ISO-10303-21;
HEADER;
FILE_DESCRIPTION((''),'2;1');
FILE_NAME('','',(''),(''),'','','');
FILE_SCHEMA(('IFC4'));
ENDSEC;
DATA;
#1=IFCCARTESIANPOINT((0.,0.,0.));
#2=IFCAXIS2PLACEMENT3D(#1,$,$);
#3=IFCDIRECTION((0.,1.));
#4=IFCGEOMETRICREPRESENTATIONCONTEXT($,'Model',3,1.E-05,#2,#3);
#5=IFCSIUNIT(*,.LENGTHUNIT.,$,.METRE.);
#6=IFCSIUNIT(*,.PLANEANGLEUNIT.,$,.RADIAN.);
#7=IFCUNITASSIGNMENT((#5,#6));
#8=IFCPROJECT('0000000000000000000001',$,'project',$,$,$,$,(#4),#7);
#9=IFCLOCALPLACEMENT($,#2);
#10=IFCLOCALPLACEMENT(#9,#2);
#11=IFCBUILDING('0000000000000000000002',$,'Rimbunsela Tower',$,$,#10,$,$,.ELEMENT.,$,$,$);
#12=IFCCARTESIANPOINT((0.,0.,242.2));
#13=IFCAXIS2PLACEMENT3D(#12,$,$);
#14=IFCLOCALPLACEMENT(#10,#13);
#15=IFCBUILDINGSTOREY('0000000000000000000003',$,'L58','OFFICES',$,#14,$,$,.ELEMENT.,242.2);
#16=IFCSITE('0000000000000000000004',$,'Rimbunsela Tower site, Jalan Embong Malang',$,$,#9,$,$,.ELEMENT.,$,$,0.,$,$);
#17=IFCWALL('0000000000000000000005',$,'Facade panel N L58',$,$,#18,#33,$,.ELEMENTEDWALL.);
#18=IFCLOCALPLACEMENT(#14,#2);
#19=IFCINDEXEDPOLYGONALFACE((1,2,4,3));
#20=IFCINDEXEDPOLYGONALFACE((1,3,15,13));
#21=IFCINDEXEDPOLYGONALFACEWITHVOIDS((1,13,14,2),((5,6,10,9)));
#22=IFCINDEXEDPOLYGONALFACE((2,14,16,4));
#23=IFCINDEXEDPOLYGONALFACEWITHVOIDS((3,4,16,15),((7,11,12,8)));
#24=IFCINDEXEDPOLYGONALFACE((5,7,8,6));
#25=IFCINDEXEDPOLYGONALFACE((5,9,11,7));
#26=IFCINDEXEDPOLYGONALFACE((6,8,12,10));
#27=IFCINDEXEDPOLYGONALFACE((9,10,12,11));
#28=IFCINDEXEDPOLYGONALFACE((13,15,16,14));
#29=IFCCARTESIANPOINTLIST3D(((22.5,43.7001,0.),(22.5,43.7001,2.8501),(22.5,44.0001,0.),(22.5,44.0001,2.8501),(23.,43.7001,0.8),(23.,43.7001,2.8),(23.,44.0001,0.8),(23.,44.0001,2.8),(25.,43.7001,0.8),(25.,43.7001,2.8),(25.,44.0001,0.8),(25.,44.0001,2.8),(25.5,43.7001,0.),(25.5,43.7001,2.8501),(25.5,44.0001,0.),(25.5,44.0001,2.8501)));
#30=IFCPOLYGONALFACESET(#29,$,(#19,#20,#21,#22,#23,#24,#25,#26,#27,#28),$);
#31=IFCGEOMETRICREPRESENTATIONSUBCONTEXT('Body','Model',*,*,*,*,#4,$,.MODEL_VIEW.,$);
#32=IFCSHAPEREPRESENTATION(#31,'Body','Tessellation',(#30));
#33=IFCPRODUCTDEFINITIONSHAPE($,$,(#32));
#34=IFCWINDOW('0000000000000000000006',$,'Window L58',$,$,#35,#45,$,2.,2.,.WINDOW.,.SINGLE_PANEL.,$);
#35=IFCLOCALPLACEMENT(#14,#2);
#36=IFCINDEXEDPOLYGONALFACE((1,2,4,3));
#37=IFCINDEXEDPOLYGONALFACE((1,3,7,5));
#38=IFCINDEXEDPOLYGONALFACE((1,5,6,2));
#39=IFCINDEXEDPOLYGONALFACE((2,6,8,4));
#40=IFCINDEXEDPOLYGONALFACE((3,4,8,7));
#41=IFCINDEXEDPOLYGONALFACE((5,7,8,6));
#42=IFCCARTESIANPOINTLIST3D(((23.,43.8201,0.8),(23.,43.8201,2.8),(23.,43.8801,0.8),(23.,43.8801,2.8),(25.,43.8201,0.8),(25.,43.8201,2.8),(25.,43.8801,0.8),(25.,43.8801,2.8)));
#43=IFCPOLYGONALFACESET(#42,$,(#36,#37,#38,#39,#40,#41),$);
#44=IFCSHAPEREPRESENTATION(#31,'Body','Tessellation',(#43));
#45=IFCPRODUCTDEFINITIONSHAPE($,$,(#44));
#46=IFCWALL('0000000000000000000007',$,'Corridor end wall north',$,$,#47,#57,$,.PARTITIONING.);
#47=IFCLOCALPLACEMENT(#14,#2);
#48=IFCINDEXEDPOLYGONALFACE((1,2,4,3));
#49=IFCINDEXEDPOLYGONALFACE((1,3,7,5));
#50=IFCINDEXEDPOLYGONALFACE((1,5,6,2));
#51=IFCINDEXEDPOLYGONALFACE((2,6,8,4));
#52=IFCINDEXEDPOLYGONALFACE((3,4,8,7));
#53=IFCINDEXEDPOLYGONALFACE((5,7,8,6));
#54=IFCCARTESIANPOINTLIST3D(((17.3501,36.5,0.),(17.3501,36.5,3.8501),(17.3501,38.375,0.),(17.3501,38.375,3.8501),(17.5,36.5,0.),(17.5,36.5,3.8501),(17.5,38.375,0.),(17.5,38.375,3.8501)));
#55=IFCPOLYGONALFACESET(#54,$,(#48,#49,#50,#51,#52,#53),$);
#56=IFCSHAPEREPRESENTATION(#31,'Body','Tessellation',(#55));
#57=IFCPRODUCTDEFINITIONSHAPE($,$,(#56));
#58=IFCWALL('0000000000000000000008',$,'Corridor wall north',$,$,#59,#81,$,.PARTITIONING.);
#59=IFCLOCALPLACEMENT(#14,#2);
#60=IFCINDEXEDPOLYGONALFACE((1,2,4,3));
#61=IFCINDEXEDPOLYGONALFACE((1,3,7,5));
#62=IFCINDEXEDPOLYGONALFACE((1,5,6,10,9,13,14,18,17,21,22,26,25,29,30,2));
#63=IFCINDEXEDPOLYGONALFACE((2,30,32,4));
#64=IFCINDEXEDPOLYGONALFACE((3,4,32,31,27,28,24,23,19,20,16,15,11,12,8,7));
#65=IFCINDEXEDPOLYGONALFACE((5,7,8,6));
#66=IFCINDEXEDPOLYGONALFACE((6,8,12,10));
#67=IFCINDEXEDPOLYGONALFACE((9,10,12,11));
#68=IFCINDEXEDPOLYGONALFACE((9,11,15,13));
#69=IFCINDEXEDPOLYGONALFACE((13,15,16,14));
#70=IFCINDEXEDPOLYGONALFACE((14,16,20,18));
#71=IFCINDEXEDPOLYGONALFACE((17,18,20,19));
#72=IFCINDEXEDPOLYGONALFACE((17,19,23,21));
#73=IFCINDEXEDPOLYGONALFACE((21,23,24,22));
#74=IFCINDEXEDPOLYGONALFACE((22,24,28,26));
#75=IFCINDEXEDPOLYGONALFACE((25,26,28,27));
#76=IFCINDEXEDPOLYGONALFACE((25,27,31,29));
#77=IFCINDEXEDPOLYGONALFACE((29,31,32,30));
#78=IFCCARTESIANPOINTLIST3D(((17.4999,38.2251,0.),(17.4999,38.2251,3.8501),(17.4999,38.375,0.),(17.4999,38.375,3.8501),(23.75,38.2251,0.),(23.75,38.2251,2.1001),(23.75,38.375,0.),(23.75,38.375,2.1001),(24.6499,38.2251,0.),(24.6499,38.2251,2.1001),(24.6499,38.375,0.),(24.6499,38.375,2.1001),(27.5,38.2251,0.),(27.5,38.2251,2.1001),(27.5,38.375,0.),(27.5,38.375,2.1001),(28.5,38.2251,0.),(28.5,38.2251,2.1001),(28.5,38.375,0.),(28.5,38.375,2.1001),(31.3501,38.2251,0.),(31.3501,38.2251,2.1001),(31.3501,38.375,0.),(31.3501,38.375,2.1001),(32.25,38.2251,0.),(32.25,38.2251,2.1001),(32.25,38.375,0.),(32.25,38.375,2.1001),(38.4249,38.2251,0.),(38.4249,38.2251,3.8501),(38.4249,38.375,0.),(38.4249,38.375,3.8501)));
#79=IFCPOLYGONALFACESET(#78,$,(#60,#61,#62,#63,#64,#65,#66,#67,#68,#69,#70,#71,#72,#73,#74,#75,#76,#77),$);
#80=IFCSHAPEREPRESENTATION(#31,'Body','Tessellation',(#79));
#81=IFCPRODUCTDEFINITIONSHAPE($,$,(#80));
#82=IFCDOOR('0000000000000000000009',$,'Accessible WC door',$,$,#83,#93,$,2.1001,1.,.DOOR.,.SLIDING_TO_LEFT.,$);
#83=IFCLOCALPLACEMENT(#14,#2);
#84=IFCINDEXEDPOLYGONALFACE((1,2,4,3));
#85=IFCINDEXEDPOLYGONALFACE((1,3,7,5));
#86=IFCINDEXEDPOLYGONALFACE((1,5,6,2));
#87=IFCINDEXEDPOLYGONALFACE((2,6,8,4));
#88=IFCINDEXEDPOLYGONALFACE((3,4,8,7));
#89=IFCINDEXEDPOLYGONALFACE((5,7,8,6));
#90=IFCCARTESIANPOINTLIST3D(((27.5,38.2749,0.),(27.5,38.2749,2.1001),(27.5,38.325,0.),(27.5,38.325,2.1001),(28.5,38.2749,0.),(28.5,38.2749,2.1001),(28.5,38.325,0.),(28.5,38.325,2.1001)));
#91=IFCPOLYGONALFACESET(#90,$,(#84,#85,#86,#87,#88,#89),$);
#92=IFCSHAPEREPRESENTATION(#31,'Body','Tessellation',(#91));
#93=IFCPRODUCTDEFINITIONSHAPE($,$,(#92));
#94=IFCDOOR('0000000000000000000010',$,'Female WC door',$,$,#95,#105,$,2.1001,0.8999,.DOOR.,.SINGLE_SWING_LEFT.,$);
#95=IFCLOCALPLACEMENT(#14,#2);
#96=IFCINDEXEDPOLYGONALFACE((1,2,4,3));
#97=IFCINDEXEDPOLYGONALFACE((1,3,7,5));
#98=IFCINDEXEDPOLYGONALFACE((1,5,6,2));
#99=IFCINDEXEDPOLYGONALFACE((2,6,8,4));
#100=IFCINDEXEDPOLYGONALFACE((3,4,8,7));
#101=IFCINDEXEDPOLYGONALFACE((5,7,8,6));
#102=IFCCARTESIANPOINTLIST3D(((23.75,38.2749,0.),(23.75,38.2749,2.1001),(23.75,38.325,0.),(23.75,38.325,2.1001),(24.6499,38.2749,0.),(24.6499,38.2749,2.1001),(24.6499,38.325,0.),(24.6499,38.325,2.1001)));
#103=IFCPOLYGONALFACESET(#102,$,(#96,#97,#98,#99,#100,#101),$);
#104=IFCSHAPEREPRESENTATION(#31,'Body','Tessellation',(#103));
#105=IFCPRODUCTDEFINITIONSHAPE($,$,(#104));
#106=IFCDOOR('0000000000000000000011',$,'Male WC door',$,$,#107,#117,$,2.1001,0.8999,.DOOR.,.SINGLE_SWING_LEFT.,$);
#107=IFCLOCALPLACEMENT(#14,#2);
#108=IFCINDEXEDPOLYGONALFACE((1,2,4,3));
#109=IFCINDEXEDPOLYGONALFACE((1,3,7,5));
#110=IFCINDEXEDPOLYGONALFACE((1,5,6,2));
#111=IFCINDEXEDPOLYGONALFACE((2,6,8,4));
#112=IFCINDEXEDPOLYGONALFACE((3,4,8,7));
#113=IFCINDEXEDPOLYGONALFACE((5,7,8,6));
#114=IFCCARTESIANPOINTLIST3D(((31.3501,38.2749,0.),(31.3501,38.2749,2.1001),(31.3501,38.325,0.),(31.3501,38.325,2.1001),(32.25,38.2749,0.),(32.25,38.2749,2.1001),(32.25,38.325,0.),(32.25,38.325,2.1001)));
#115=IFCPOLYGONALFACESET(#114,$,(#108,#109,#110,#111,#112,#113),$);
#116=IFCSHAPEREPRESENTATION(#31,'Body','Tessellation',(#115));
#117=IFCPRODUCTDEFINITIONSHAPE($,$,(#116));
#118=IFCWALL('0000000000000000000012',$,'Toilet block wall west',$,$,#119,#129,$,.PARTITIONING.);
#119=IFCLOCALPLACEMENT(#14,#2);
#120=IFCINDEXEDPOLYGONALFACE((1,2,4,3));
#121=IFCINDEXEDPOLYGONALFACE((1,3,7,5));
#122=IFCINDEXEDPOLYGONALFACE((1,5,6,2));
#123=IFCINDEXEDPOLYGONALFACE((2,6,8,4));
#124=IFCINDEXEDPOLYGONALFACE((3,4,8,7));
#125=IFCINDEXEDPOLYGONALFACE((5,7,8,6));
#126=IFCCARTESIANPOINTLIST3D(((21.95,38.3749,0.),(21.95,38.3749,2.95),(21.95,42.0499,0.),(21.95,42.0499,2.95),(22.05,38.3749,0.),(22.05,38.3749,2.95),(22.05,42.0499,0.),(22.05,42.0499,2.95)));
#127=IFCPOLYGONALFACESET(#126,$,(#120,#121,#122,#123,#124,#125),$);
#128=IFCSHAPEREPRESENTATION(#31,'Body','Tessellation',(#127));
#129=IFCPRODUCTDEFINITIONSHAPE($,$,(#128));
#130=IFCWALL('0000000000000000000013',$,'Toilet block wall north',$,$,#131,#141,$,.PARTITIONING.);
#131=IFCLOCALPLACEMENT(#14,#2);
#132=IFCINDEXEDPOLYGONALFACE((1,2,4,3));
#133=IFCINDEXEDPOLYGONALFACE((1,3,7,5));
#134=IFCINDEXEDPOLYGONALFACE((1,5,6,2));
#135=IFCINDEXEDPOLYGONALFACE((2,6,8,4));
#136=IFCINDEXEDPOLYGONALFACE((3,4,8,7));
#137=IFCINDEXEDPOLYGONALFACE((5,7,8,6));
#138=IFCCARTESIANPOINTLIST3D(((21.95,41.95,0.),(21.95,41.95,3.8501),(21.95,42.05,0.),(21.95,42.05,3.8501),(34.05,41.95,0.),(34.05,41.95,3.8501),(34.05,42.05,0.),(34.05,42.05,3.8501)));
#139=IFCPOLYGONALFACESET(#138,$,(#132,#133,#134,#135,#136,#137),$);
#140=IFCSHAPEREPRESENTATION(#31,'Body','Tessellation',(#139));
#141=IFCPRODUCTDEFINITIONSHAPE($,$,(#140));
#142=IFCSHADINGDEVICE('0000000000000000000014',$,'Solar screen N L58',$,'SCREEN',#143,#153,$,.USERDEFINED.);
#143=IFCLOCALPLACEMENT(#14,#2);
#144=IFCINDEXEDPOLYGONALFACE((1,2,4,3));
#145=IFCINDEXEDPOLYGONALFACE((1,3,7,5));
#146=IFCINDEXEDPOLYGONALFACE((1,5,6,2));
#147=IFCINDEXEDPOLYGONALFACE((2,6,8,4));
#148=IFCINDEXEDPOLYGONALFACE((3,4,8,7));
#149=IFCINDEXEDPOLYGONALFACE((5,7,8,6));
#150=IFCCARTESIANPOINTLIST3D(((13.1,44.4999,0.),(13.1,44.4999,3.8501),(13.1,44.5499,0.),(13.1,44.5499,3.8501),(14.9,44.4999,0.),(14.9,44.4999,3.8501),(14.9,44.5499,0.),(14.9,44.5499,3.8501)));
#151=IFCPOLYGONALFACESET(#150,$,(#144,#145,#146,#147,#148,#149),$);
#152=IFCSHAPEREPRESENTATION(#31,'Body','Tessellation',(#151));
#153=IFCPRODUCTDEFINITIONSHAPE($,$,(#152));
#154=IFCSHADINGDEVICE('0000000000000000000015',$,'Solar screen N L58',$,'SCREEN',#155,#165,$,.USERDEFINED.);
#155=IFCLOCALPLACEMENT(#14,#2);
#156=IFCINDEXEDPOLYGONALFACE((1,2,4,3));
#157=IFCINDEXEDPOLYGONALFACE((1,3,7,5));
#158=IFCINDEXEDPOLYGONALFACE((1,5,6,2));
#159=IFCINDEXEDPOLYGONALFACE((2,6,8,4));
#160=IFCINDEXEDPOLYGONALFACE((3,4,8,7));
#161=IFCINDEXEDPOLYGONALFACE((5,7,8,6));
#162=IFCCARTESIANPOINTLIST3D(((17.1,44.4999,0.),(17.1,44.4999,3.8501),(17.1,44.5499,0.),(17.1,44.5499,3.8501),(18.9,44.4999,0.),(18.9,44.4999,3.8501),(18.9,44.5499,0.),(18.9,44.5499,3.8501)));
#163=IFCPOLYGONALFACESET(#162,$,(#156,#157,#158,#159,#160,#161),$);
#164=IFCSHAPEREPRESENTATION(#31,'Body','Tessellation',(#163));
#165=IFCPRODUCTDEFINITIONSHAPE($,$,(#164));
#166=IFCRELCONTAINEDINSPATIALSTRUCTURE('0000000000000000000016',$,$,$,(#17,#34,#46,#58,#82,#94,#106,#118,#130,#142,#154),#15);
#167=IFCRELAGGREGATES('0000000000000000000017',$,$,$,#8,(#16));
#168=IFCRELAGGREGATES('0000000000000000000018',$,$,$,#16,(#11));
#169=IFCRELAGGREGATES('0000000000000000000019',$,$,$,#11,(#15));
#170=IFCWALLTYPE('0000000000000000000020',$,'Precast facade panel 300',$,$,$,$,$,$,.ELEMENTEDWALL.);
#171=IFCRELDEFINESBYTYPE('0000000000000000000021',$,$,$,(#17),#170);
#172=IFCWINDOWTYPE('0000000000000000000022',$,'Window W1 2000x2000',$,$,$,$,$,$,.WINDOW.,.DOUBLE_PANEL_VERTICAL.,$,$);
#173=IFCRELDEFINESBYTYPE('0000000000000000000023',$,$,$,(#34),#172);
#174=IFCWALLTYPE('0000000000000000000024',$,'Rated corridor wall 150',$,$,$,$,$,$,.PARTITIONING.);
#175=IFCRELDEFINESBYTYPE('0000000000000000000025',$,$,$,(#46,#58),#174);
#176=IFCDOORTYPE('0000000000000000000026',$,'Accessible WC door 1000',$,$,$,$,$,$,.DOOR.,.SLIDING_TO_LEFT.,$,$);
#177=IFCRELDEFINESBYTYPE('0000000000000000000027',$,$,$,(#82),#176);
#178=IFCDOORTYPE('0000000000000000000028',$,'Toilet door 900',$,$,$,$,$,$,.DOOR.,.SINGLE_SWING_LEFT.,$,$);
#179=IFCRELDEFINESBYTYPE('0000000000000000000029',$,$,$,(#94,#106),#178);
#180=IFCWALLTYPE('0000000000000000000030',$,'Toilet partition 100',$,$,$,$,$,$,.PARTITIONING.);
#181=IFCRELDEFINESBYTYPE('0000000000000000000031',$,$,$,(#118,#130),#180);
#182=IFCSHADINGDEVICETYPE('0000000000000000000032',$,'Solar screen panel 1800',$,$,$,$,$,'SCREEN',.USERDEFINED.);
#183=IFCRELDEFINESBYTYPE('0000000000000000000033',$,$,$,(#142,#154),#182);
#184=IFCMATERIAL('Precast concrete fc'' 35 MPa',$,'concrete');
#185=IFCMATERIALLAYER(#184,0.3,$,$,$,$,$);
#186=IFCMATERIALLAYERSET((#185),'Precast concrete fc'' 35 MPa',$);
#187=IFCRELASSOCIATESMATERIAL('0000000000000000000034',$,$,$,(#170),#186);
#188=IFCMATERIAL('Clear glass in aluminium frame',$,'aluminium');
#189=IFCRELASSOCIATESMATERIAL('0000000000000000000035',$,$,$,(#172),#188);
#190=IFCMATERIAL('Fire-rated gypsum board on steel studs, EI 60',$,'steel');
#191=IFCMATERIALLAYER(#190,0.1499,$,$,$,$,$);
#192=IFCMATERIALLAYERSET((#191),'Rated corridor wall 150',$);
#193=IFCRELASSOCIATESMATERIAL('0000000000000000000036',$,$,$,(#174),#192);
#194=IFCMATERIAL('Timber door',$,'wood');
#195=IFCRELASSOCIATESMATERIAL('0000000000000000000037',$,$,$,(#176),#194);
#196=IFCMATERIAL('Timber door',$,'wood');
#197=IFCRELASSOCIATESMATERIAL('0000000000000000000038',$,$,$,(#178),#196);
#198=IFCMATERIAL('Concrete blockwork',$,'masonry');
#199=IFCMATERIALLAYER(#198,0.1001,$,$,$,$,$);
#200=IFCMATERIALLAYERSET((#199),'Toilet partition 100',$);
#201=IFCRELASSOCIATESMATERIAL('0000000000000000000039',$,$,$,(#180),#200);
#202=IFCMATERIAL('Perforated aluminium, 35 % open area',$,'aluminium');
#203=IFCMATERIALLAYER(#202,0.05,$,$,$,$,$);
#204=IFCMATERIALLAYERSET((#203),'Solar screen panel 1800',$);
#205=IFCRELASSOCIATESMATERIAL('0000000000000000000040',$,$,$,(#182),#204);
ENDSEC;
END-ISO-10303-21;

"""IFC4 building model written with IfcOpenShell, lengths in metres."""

from ifc_helpers import new_model, si_unit, direction, frame, frame_2d, origin, origin_2d, place, context, subcontext, project, spatial, rectangle, extrude, material, layer, layer_set, type_object, element, fill, save


model = new_model("IFC4")

# Units and contexts
model_context = context("Model", 3, precision=1e-05, world=origin(), true_north=direction((0.0, 1.0)))
body_context = subcontext(model_context, "Body", "Model", "MODEL_VIEW")
ifc_project = project(units=[si_unit("LENGTHUNIT", "METRE"), si_unit("PLANEANGLEUNIT", "RADIAN")], contexts=[model_context])

# Site, building, storey
site_placement = place(None, origin())
site = spatial("IfcSite", under=ifc_project, at=site_placement, Name="Rimbunsela Tower site, Jalan Embong Malang", CompositionType="ELEMENT", RefElevation=0.0)
building_placement = place(site_placement, origin())
building = spatial("IfcBuilding", under=site, at=building_placement, Name="Rimbunsela Tower", CompositionType="ELEMENT")
storey_placement = place(building_placement, frame((0.0, 0.0, 242.2)))
storey = spatial("IfcBuildingStorey", under=building, at=storey_placement, Name="L58", Description="OFFICES", CompositionType="ELEMENT", Elevation=242.2)

# Wall, opening, window
ifc_material_1 = material(Name="Precast concrete fc' 35 MPa", Category="concrete")
ifc_layer_1 = layer(ifc_material_1, 0.3)
ifc_layer_set_1 = layer_set([ifc_layer_1], Name="Precast concrete fc' 35 MPa")
wall_type_1 = type_object("IfcWallType", Name="Precast facade panel 300", PredefinedType="ELEMENTEDWALL", material=ifc_layer_set_1)
ifc_material_2 = material(Name="Clear glass in aluminium frame", Category="aluminium")
window_type = type_object("IfcWindowType", Name="Window W1 2000x2000", PartitioningType="DOUBLE_PANEL_VERTICAL", PredefinedType="WINDOW", material=ifc_material_2)
wall_1_placement = place(storey_placement, frame((25.5, 43.8501, 0.0), z_axis=(0.0, 0.0, 1.0), x_axis=(-1.0, 0.0, 0.0)))
wall_1 = element("IfcWall", 1, at=wall_1_placement, inside=storey, type_object=wall_type_1, Name="Facade panel N L58", PredefinedType="ELEMENTEDWALL", context=body_context, shape_type="SweptSolid", body=[
    extrude(rectangle(XDim=3.0, YDim=0.3, at=frame_2d((1.5, 0.0))), origin(), (0.0, 0.0, 1.0), 2.8501),
])
opening_1_placement = place(wall_1_placement, frame((0.5, 0.0, 0.8)))
opening_1 = element("IfcOpeningElement", 2, at=opening_1_placement, cuts=wall_1, PredefinedType="OPENING", context=body_context, shape_type="SweptSolid", body=[
    extrude(rectangle(XDim=2.0, YDim=2.0, at=frame_2d((1.0, 1.0))), frame((0.0, 0.1599, 0.0), z_axis=(0.0, -1.0, 0.0), x_axis=(1.0, 0.0, 0.0)), (0.0, 0.0, 1.0), 0.3201),
])
window_1_placement = place(opening_1_placement, origin())
window_1 = element("IfcWindow", 3, at=window_1_placement, inside=storey, type_object=window_type, Name="Window L58", OverallHeight=2.0, OverallWidth=2.0, PartitioningType="SINGLE_PANEL", PredefinedType="WINDOW", context=body_context, shape_type="SweptSolid", body=[
    extrude(rectangle(XDim=2.0, YDim=2.0, at=frame_2d((1.0, 1.0))), frame((0.0, 0.03, 0.0), z_axis=(0.0, -1.0, 0.0), x_axis=(1.0, 0.0, 0.0)), (0.0, 0.0, 1.0), 0.0601),
])
fill(opening_1, window_1)

# Wall
ifc_material_3 = material(Name="Fire-rated gypsum board on steel studs, EI 60", Category="steel")
ifc_layer_2 = layer(ifc_material_3, 0.1499)
ifc_layer_set_2 = layer_set([ifc_layer_2], Name="Rated corridor wall 150")
wall_type_2 = type_object("IfcWallType", Name="Rated corridor wall 150", PredefinedType="PARTITIONING", material=ifc_layer_set_2)
wall_2_placement = place(storey_placement, frame((17.425, 36.5, 0.0), z_axis=(0.0, 0.0, 1.0), x_axis=(0.0, 1.0, 0.0)))
element("IfcWall", 4, at=wall_2_placement, inside=storey, type_object=wall_type_2, Name="Corridor end wall north", PredefinedType="PARTITIONING", context=body_context, shape_type="SweptSolid", body=[
    extrude(rectangle(XDim=1.875, YDim=0.1499, at=frame_2d((0.9375, 0.0))), origin(), (0.0, 0.0, 1.0), 3.8501),
])

# Wall, openings, doors
wall_3_placement = place(storey_placement, frame((17.5, 38.3, 0.0), z_axis=(0.0, 0.0, 1.0), x_axis=(1.0, 0.0, 0.0)))
wall_3 = element("IfcWall", 5, at=wall_3_placement, inside=storey, type_object=wall_type_2, Name="Corridor wall north", PredefinedType="PARTITIONING", context=body_context, shape_type="SweptSolid", body=[
    extrude(rectangle(XDim=20.925, YDim=0.1499, at=frame_2d((10.4624, 0.0))), origin(), (0.0, 0.0, 1.0), 3.8501),
])
opening_2_placement = place(wall_3_placement, frame((6.25, 0.0, 0.0)))
opening_2 = element("IfcOpeningElement", 6, at=opening_2_placement, cuts=wall_3, PredefinedType="OPENING", context=body_context, shape_type="SweptSolid", body=[
    extrude(rectangle(XDim=0.8999, YDim=2.1001, at=frame_2d((0.45, 1.05))), frame((0.0, 0.085, 0.0), z_axis=(0.0, -1.0, 0.0), x_axis=(1.0, 0.0, 0.0)), (0.0, 0.0, 1.0), 0.1699),
])
opening_3_placement = place(wall_3_placement, frame((10.0, 0.0, 0.0)))
opening_3 = element("IfcOpeningElement", 7, at=opening_3_placement, cuts=wall_3, PredefinedType="OPENING", context=body_context, shape_type="SweptSolid", body=[
    extrude(rectangle(XDim=1.0, YDim=2.1001, at=frame_2d((0.5, 1.05))), frame((0.0, 0.085, 0.0), z_axis=(0.0, -1.0, 0.0), x_axis=(1.0, 0.0, 0.0)), (0.0, 0.0, 1.0), 0.1699),
])
opening_4_placement = place(wall_3_placement, frame((13.8501, 0.0, 0.0)))
opening_4 = element("IfcOpeningElement", 8, at=opening_4_placement, cuts=wall_3, PredefinedType="OPENING", context=body_context, shape_type="SweptSolid", body=[
    extrude(rectangle(XDim=0.8999, YDim=2.1001, at=frame_2d((0.45, 1.05))), frame((0.0, 0.085, 0.0), z_axis=(0.0, -1.0, 0.0), x_axis=(1.0, 0.0, 0.0)), (0.0, 0.0, 1.0), 0.1699),
])
ifc_material_4 = material(Name="Timber door", Category="wood")
door_type_1 = type_object("IfcDoorType", Name="Accessible WC door 1000", OperationType="SLIDING_TO_LEFT", PredefinedType="DOOR", material=ifc_material_4)
door_1_placement = place(opening_3_placement, origin())
door_1 = element("IfcDoor", 9, at=door_1_placement, inside=storey, type_object=door_type_1, Name="Accessible WC door", OperationType="SLIDING_TO_LEFT", OverallHeight=2.1001, OverallWidth=1.0, PredefinedType="DOOR", context=body_context, shape_type="SweptSolid", body=[
    extrude(rectangle(XDim=1.0, YDim=2.1001, at=frame_2d((0.5, 1.05))), frame((0.0, 0.0249, 0.0), z_axis=(0.0, -1.0, 0.0), x_axis=(1.0, 0.0, 0.0)), (0.0, 0.0, 1.0), 0.05),
])
fill(opening_3, door_1)
ifc_material_5 = material(Name="Timber door", Category="wood")
door_type_2 = type_object("IfcDoorType", Name="Toilet door 900", OperationType="SINGLE_SWING_LEFT", PredefinedType="DOOR", material=ifc_material_5)
door_2_placement = place(opening_2_placement, origin())
door_2 = element("IfcDoor", 10, at=door_2_placement, inside=storey, type_object=door_type_2, Name="Female WC door", OperationType="SINGLE_SWING_LEFT", OverallHeight=2.1001, OverallWidth=0.8999, PredefinedType="DOOR", context=body_context, shape_type="SweptSolid", body=[
    extrude(rectangle(XDim=0.8999, YDim=2.1001, at=frame_2d((0.45, 1.05))), frame((0.0, 0.0249, 0.0), z_axis=(0.0, -1.0, 0.0), x_axis=(1.0, 0.0, 0.0)), (0.0, 0.0, 1.0), 0.05),
])
fill(opening_2, door_2)
door_3_placement = place(opening_4_placement, origin())
door_3 = element("IfcDoor", 11, at=door_3_placement, inside=storey, type_object=door_type_2, Name="Male WC door", OperationType="SINGLE_SWING_LEFT", OverallHeight=2.1001, OverallWidth=0.8999, PredefinedType="DOOR", context=body_context, shape_type="SweptSolid", body=[
    extrude(rectangle(XDim=0.8999, YDim=2.1001, at=frame_2d((0.45, 1.05))), frame((0.0, 0.0249, 0.0), z_axis=(0.0, -1.0, 0.0), x_axis=(1.0, 0.0, 0.0)), (0.0, 0.0, 1.0), 0.05),
])
fill(opening_4, door_3)

# Walls
ifc_material_6 = material(Name="Concrete blockwork", Category="masonry")
ifc_layer_3 = layer(ifc_material_6, 0.1001)
ifc_layer_set_3 = layer_set([ifc_layer_3], Name="Toilet partition 100")
wall_type_3 = type_object("IfcWallType", Name="Toilet partition 100", PredefinedType="PARTITIONING", material=ifc_layer_set_3)
wall_4_placement = place(storey_placement, frame((22.0, 38.375, 0.0), z_axis=(0.0, 0.0, 1.0), x_axis=(0.0, 1.0, 0.0)))
element("IfcWall", 12, at=wall_4_placement, inside=storey, type_object=wall_type_3, Name="Toilet block wall west", PredefinedType="PARTITIONING", context=body_context, shape_type="SweptSolid", body=[
    extrude(rectangle(XDim=3.675, YDim=0.1001, at=frame_2d((1.8374, 0.0))), origin(), (0.0, 0.0, 1.0), 2.95),
])
wall_5_placement = place(storey_placement, frame((21.95, 42.0, 0.0), z_axis=(0.0, 0.0, 1.0), x_axis=(1.0, 0.0, 0.0)))
element("IfcWall", 13, at=wall_5_placement, inside=storey, type_object=wall_type_3, Name="Toilet block wall north", PredefinedType="PARTITIONING", context=body_context, shape_type="SweptSolid", body=[
    extrude(rectangle(XDim=12.1001, YDim=0.1001, at=frame_2d((6.05, 0.0))), origin(), (0.0, 0.0, 1.0), 3.8501),
])

# Shading devices
ifc_material_7 = material(Name="Perforated aluminium, 35 % open area", Category="aluminium")
ifc_layer_4 = layer(ifc_material_7, 0.05)
ifc_layer_set_4 = layer_set([ifc_layer_4], Name="Solar screen panel 1800")
shading_device_type = type_object("IfcShadingDeviceType", Name="Solar screen panel 1800", ElementType="SCREEN", PredefinedType="USERDEFINED", material=ifc_layer_set_4)
for number, where, z_axis, x_axis, name in (
    (14, (14.0, 44.5249, 0.0), (0.0, 0.0, 1.0), (1.0, 0.0, 0.0), "Solar screen N L58"),
    (15, (18.0, 44.5249, 0.0), (0.0, 0.0, 1.0), (1.0, 0.0, 0.0), "Solar screen N L58"),
):
    element("IfcShadingDevice", number, at=place(storey_placement, frame(where, z_axis=z_axis, x_axis=x_axis)), inside=storey, type_object=shading_device_type, Name=name, ObjectType="SCREEN", PredefinedType="USERDEFINED", context=body_context, shape_type="SweptSolid", body=[
        extrude(rectangle(XDim=1.8, YDim=0.05, at=origin_2d()), origin(), (0.0, 0.0, 1.0), 3.8501),
    ])

save(model, "model.ifc")
